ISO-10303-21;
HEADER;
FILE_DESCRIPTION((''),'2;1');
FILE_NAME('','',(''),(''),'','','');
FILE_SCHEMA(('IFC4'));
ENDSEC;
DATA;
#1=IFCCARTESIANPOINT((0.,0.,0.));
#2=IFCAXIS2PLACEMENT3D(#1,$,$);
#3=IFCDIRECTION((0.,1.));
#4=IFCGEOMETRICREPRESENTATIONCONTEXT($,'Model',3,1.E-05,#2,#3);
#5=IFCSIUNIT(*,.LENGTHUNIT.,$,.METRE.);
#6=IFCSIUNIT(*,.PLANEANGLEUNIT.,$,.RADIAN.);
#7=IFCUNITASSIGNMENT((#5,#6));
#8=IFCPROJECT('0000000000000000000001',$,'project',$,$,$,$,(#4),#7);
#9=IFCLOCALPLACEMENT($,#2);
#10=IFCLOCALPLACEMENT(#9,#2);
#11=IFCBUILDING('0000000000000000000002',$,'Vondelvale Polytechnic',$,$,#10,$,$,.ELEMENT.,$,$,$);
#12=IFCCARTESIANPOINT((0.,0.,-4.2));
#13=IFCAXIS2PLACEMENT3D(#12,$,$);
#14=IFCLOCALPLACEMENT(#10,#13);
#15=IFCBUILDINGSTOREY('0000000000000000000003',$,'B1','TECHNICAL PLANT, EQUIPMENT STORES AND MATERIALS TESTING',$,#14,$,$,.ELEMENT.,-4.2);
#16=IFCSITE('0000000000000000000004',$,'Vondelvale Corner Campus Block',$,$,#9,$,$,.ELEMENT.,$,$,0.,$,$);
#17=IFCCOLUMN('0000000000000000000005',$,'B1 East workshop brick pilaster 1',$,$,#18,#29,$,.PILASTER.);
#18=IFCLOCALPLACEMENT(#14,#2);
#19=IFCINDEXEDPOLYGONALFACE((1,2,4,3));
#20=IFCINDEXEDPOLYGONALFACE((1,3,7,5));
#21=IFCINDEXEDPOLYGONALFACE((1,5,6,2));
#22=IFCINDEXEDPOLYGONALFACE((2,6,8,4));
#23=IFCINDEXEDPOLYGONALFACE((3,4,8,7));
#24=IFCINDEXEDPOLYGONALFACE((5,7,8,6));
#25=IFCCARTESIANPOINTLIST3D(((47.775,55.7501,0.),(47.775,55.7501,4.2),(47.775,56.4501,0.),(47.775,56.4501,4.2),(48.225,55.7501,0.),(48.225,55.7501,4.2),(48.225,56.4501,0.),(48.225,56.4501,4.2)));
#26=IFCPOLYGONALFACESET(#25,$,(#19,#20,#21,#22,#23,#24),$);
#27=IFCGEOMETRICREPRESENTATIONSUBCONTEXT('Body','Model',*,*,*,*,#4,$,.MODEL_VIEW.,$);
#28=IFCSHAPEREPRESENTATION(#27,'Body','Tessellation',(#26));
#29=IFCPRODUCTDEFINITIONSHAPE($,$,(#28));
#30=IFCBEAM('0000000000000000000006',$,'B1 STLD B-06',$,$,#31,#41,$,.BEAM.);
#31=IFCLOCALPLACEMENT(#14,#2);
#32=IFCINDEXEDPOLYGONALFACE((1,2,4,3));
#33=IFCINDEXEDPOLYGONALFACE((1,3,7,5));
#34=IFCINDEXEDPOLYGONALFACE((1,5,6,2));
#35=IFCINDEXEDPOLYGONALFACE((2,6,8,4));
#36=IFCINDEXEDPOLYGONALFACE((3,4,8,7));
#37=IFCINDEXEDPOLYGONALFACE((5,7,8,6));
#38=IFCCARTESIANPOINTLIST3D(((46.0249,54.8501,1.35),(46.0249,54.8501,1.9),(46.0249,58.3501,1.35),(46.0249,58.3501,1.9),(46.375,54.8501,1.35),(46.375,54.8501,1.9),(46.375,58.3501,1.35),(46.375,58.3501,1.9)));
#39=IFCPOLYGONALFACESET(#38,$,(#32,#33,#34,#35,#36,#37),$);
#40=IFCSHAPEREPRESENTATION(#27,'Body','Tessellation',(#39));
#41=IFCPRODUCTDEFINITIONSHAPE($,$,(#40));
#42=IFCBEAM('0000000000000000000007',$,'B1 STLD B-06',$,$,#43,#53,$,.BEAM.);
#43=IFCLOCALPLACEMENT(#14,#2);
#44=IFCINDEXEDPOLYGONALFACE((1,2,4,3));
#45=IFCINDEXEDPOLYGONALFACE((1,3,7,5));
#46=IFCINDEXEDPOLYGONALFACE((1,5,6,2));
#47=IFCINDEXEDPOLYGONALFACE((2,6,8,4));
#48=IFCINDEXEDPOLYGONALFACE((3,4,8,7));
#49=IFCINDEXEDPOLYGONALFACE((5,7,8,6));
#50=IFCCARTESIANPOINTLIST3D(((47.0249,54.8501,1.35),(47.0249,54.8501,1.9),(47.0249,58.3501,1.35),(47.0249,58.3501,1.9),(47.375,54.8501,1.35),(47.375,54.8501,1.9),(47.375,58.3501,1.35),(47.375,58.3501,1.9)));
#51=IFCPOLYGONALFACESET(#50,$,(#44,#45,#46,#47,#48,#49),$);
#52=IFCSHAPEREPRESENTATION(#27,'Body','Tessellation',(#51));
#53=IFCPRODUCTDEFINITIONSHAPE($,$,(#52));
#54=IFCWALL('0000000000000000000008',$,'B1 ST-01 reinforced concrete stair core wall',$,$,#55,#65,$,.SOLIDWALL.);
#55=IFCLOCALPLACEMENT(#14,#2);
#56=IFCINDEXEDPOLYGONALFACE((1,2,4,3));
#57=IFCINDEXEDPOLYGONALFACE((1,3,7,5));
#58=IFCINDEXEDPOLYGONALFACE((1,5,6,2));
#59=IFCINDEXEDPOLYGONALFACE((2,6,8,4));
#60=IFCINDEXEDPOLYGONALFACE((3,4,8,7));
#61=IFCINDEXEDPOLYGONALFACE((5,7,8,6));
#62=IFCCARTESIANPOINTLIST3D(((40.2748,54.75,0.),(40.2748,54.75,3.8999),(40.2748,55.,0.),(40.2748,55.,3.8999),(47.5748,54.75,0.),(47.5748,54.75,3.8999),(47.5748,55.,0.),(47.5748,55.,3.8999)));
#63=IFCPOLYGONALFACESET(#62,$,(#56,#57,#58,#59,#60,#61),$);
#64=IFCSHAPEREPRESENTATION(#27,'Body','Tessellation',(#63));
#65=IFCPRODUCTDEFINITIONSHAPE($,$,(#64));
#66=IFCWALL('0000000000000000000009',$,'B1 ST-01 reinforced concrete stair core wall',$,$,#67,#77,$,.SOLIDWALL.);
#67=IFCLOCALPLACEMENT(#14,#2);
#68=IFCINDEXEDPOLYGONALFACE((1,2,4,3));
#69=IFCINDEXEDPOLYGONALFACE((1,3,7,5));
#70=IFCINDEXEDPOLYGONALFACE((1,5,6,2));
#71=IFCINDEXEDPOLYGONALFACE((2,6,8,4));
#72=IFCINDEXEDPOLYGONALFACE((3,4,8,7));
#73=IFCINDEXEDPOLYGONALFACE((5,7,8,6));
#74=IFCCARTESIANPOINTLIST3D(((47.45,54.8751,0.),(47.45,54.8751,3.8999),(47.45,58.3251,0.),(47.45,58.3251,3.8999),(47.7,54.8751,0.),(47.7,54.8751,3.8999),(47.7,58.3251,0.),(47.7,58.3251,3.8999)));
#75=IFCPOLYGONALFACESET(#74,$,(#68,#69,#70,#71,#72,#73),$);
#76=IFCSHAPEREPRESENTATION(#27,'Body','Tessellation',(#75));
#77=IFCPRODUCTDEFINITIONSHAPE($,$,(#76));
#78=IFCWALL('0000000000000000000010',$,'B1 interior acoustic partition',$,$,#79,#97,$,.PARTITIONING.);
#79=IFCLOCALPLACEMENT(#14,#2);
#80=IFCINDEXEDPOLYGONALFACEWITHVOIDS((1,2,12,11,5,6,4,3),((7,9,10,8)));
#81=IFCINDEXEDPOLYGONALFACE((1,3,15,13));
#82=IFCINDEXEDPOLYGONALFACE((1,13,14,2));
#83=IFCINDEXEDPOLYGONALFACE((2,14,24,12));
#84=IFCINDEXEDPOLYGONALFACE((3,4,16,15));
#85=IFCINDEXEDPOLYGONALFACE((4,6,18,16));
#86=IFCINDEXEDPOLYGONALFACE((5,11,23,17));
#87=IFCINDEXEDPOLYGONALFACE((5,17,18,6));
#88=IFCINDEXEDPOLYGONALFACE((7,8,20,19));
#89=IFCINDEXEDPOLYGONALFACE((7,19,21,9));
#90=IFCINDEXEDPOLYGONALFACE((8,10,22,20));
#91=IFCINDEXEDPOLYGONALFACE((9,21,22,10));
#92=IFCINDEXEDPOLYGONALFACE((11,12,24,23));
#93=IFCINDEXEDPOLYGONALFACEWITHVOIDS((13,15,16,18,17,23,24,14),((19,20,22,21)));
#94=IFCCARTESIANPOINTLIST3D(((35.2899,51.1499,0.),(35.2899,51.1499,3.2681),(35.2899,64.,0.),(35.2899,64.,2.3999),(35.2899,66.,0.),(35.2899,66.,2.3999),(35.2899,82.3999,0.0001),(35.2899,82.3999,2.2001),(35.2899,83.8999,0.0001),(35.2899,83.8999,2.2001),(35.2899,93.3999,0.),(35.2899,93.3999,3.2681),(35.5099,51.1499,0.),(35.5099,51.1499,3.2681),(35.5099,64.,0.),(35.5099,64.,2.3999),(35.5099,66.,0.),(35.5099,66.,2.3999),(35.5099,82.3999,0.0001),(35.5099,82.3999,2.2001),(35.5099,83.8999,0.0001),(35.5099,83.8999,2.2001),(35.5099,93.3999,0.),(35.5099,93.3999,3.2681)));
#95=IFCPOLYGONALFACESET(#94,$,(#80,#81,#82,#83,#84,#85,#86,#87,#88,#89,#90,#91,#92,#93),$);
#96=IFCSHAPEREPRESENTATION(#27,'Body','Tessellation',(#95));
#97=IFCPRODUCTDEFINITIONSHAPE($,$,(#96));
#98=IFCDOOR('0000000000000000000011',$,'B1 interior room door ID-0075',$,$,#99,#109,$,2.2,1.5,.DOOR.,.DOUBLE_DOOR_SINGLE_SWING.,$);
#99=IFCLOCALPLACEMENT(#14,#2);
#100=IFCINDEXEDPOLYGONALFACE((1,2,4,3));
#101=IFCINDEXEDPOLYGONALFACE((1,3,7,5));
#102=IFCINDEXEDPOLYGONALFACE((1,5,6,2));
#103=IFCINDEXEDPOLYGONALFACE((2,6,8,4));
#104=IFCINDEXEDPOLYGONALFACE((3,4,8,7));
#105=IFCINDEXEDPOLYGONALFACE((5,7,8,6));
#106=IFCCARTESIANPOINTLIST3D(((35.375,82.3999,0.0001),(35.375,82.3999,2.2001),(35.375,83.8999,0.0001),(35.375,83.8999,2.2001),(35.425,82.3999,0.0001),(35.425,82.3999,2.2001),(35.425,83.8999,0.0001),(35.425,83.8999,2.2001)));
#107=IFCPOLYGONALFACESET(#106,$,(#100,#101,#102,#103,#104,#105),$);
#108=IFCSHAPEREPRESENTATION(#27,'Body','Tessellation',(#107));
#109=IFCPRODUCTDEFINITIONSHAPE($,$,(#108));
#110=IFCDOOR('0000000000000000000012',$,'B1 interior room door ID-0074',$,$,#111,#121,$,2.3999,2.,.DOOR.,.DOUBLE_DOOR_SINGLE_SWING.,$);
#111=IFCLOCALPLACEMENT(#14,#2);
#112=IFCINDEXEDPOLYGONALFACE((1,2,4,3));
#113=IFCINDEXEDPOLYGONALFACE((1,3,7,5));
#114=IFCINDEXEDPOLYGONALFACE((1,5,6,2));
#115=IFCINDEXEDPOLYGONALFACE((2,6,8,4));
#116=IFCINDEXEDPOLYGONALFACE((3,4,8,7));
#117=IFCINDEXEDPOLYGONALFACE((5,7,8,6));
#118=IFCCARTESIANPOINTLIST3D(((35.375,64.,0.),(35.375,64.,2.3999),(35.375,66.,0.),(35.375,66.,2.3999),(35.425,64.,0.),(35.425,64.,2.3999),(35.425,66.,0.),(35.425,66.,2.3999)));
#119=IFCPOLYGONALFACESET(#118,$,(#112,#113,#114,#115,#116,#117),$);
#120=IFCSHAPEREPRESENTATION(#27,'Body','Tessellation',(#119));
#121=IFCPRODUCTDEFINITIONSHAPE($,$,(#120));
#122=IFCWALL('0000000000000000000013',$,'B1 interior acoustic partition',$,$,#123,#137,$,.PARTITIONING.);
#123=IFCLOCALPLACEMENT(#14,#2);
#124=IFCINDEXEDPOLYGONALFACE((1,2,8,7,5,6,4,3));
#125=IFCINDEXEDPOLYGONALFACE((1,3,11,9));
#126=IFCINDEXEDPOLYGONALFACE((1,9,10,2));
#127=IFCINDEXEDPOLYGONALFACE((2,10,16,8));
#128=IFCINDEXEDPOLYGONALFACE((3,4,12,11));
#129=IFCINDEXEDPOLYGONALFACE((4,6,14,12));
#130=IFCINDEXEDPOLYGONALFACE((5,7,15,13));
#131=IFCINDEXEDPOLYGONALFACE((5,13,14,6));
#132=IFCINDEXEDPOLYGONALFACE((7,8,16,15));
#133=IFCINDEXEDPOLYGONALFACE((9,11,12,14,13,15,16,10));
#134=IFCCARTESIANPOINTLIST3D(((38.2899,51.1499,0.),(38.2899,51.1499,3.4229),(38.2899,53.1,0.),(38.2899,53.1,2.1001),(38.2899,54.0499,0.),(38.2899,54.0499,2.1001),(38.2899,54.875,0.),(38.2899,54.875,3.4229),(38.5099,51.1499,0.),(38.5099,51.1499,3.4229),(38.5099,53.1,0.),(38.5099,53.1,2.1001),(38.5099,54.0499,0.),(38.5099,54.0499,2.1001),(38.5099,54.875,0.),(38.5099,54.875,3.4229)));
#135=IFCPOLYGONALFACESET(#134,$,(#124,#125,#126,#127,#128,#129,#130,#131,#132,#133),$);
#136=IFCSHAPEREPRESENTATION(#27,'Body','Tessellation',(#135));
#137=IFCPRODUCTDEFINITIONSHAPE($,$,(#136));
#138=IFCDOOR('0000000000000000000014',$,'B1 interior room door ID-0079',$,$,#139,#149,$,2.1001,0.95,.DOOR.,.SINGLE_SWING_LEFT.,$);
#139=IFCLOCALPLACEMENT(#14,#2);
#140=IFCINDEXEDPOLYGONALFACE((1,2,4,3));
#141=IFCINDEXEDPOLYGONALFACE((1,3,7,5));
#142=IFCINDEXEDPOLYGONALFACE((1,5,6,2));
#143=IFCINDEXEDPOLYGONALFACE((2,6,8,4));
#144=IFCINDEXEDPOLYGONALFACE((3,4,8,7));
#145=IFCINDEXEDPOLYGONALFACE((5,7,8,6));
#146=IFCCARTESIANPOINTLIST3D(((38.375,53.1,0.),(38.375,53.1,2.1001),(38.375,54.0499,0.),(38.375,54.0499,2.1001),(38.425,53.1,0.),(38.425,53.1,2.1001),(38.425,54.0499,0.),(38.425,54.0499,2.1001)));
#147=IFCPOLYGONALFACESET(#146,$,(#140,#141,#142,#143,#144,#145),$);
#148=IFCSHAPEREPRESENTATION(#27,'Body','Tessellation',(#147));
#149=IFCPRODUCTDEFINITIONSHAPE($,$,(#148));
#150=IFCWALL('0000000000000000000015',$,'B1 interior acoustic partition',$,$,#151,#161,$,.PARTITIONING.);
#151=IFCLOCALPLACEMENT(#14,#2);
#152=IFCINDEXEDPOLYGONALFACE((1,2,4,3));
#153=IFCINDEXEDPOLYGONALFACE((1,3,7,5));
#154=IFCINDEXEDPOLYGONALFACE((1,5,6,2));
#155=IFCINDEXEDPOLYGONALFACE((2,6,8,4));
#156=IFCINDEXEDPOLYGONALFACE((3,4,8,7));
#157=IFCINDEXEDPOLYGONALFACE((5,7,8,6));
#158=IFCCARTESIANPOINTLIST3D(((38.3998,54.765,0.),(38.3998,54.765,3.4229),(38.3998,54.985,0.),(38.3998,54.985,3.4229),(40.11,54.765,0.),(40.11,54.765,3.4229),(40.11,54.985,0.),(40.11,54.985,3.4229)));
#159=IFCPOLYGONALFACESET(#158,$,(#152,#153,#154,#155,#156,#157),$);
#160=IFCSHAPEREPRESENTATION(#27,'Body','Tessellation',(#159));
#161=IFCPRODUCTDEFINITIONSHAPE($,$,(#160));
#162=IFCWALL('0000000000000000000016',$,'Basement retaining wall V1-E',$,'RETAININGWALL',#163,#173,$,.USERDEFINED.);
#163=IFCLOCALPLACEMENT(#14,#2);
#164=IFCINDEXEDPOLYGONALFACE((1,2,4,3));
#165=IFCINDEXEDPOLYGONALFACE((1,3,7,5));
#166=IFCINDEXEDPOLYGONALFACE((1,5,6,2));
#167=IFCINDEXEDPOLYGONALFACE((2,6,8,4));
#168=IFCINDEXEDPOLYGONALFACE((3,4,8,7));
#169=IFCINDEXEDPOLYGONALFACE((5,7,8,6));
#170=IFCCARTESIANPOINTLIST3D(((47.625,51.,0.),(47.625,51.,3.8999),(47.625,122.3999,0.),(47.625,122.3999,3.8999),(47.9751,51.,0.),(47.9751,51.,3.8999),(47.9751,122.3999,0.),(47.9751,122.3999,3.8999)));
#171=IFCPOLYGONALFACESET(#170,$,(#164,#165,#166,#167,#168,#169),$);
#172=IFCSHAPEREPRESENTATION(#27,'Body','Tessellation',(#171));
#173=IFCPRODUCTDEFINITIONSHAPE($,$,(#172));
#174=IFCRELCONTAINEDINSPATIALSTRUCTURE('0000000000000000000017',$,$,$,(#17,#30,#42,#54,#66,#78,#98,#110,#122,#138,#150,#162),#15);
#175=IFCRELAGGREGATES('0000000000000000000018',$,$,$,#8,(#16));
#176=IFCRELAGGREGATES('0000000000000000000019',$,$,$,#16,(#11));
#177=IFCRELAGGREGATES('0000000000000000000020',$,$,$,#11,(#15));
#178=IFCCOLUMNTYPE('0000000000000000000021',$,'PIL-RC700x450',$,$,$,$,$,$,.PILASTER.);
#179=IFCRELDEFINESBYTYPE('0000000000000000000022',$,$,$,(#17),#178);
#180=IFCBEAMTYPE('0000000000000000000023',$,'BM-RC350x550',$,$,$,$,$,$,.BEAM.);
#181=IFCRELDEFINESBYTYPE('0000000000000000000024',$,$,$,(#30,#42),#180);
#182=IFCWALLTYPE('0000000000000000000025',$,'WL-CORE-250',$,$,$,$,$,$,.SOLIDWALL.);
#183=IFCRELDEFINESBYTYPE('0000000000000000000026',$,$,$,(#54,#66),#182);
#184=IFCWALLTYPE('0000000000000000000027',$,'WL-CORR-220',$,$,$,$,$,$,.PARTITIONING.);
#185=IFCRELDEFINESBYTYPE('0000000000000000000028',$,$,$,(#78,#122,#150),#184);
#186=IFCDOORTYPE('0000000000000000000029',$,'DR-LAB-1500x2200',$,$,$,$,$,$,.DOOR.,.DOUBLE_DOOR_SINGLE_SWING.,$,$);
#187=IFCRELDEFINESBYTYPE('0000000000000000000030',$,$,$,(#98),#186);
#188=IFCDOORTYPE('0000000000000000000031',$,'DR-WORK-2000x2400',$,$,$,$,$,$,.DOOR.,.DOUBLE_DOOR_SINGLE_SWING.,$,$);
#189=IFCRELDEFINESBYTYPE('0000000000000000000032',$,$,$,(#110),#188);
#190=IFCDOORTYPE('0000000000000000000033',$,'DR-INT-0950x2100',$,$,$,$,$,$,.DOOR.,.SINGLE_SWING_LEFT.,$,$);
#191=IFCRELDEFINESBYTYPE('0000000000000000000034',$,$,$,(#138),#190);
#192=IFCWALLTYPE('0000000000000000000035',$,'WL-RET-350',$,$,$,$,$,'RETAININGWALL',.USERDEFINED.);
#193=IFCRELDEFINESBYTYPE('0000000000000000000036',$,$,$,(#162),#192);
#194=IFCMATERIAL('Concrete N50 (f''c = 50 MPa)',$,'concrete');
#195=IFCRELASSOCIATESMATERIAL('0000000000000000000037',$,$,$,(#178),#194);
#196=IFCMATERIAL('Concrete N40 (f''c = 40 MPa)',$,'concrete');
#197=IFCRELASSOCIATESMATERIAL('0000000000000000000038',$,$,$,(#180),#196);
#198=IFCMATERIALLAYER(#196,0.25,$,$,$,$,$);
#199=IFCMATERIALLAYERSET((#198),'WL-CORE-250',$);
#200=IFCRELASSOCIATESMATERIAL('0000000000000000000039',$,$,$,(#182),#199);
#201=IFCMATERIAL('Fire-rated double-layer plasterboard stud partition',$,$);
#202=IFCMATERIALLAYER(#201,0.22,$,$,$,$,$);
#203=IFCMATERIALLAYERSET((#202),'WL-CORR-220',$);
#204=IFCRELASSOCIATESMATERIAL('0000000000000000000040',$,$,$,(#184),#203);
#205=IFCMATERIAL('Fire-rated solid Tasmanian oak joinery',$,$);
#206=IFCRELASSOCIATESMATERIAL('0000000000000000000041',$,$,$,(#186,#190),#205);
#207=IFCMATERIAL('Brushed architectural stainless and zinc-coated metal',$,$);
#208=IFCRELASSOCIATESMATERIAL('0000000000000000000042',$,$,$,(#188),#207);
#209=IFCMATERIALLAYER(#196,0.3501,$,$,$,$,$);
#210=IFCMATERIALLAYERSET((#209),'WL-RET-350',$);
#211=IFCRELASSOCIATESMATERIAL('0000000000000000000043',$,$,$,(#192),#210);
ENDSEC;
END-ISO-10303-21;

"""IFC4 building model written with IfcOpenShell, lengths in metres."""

from ifc_helpers import new_model, si_unit, direction, frame, frame_2d, origin, origin_2d, place, context, subcontext, project, spatial, rectangle, extrude, material, layer, layer_set, material_profile, profile_set, type_object, element, fill, save


model = new_model("IFC4")

# Units and contexts
model_context = context("Model", 3, precision=1e-05, world=origin(), true_north=direction((0.0, 1.0)))
body_context = subcontext(model_context, "Body", "Model", "MODEL_VIEW")
ifc_project = project(units=[si_unit("LENGTHUNIT", "METRE"), si_unit("PLANEANGLEUNIT", "RADIAN")], contexts=[model_context])

# Site, building, storey
site_placement = place(None, origin())
site = spatial("IfcSite", under=ifc_project, at=site_placement, Name="Vondelvale Corner Campus Block", CompositionType="ELEMENT", RefElevation=0.0)
building_placement = place(site_placement, origin())
building = spatial("IfcBuilding", under=site, at=building_placement, Name="Vondelvale Polytechnic", CompositionType="ELEMENT")
storey_placement = place(building_placement, frame((0.0, 0.0, -4.2)))
storey = spatial("IfcBuildingStorey", under=building, at=storey_placement, Name="B1", Description="TECHNICAL PLANT, EQUIPMENT STORES AND MATERIALS TESTING", CompositionType="ELEMENT", Elevation=-4.2)

# Shared definitions
ifc_material_1 = material(Name="Concrete N40 (f'c = 40 MPa)", Category="concrete")

# Column
ifc_material_2 = material(Name="Concrete N50 (f'c = 50 MPa)", Category="concrete")
ifc_material_profile_1 = material_profile(ifc_material_2, rectangle(XDim=0.45, YDim=0.7, at=origin_2d()), Name="RC-PIL-700x450")
ifc_profile_set_1 = profile_set([ifc_material_profile_1], Name="Concrete N50 (f'c = 50 MPa)")
column_type_1 = type_object("IfcColumnType", Name="PIL-RC700x450", PredefinedType="PILASTER", material=ifc_profile_set_1)
column_placement = place(storey_placement, frame((48.0, 56.1001, 0.0), z_axis=(0.0, 0.0, 1.0), x_axis=(1.0, 0.0, 0.0)))
element("IfcColumn", 1, at=column_placement, inside=storey, type_object=column_type_1, Name="B1 East workshop brick pilaster 1", PredefinedType="PILASTER", context=body_context, shape_type="SweptSolid", body=[
    extrude(rectangle(XDim=0.45, YDim=0.7, at=origin_2d()), origin(), (0.0, 0.0, 1.0), 4.2),
])

# Beams
ifc_material_profile_2 = material_profile(ifc_material_1, rectangle(XDim=0.3501, YDim=0.55, at=origin_2d()), Name="RC-BM-350x550")
ifc_profile_set_2 = profile_set([ifc_material_profile_2], Name="Concrete N40 (f'c = 40 MPa)")
beam_type = type_object("IfcBeamType", Name="BM-RC350x550", PredefinedType="BEAM", material=ifc_profile_set_2)
for number, where, z_axis, x_axis, name in (
    (2, (46.2, 54.8501, 1.625), (0.0, 1.0, 0.0), (-1.0, 0.0, 0.0), "B1 STLD B-06"),
    (3, (47.2, 54.8501, 1.625), (0.0, 1.0, 0.0), (-1.0, 0.0, 0.0), "B1 STLD B-06"),
):
    element("IfcBeam", number, at=place(storey_placement, frame(where, z_axis=z_axis, x_axis=x_axis)), inside=storey, type_object=beam_type, Name=name, PredefinedType="BEAM", context=body_context, shape_type="SweptSolid", body=[
        extrude(rectangle(XDim=0.3501, YDim=0.55, at=origin_2d()), origin(), (0.0, 0.0, 1.0), 3.5),
    ])

# Walls
ifc_layer_1 = layer(ifc_material_1, 0.25)
ifc_layer_set_1 = layer_set([ifc_layer_1], Name="WL-CORE-250")
wall_type_1 = type_object("IfcWallType", Name="WL-CORE-250", PredefinedType="SOLIDWALL", material=ifc_layer_set_1)
wall_1_placement = place(storey_placement, frame((40.2749, 54.875, 0.0), z_axis=(0.0, 0.0, 1.0), x_axis=(1.0, 0.0, 0.0)))
element("IfcWall", 4, at=wall_1_placement, inside=storey, type_object=wall_type_1, Name="B1 ST-01 reinforced concrete stair core wall", PredefinedType="SOLIDWALL", context=body_context, shape_type="SweptSolid", body=[
    extrude(rectangle(XDim=7.3, YDim=0.25, at=frame_2d((3.6499, 0.0))), origin(), (0.0, 0.0, 1.0), 3.8999),
])
wall_2_placement = place(storey_placement, frame((47.575, 54.875, 0.0), z_axis=(0.0, 0.0, 1.0), x_axis=(0.0, 1.0, 0.0)))
element("IfcWall", 5, at=wall_2_placement, inside=storey, type_object=wall_type_1, Name="B1 ST-01 reinforced concrete stair core wall", PredefinedType="SOLIDWALL", context=body_context, shape_type="SweptSolid", body=[
    extrude(rectangle(XDim=3.45, YDim=0.25, at=frame_2d((1.7251, 0.0))), origin(), (0.0, 0.0, 1.0), 3.8999),
])

# Wall, openings, doors
ifc_material_3 = material(Name="Fire-rated double-layer plasterboard stud partition")
ifc_layer_2 = layer(ifc_material_3, 0.22)
ifc_layer_set_2 = layer_set([ifc_layer_2], Name="WL-CORR-220")
wall_type_2 = type_object("IfcWallType", Name="WL-CORR-220", PredefinedType="PARTITIONING", material=ifc_layer_set_2)
wall_3_placement = place(storey_placement, frame((35.3999, 51.1499, 0.0), z_axis=(0.0, 0.0, 1.0), x_axis=(0.0, 1.0, 0.0)))
wall_3 = element("IfcWall", 6, at=wall_3_placement, inside=storey, type_object=wall_type_2, Name="B1 interior acoustic partition", PredefinedType="PARTITIONING", context=body_context, shape_type="SweptSolid", body=[
    extrude(rectangle(XDim=42.25, YDim=0.22, at=frame_2d((21.125, 0.0))), origin(), (0.0, 0.0, 1.0), 3.2681),
])
opening_1_placement = place(wall_3_placement, frame((12.8501, 0.0, 0.0)))
opening_1 = element("IfcOpeningElement", 7, at=opening_1_placement, cuts=wall_3, PredefinedType="OPENING", context=body_context, shape_type="SweptSolid", body=[
    extrude(rectangle(XDim=2.0, YDim=2.3999, at=frame_2d((1.0, 1.2))), frame((0.0, 0.1199, 0.0), z_axis=(0.0, -1.0, 0.0), x_axis=(1.0, 0.0, 0.0)), (0.0, 0.0, 1.0), 0.24),
])
opening_2_placement = place(wall_3_placement, frame((31.25, 0.0, 0.0)))
opening_2 = element("IfcOpeningElement", 8, at=opening_2_placement, cuts=wall_3, PredefinedType="OPENING", context=body_context, shape_type="SweptSolid", body=[
    extrude(rectangle(XDim=1.5, YDim=2.2, at=frame_2d((0.75, 1.1001))), frame((0.0, 0.1199, 0.0), z_axis=(0.0, -1.0, 0.0), x_axis=(1.0, 0.0, 0.0)), (0.0, 0.0, 1.0), 0.24),
])
ifc_material_4 = material(Name="Fire-rated solid Tasmanian oak joinery")
door_type_1 = type_object("IfcDoorType", Name="DR-LAB-1500x2200", OperationType="DOUBLE_DOOR_SINGLE_SWING", PredefinedType="DOOR", material=ifc_material_4)
door_1_placement = place(opening_2_placement, origin())
door_1 = element("IfcDoor", 9, at=door_1_placement, inside=storey, type_object=door_type_1, Name="B1 interior room door ID-0075", OperationType="DOUBLE_DOOR_SINGLE_SWING", OverallHeight=2.2, OverallWidth=1.5, PredefinedType="DOOR", context=body_context, shape_type="SweptSolid", body=[
    extrude(rectangle(XDim=1.5, YDim=2.2, at=frame_2d((0.75, 1.1001))), frame((0.0, 0.0249, 0.0), z_axis=(0.0, -1.0, 0.0), x_axis=(1.0, 0.0, 0.0)), (0.0, 0.0, 1.0), 0.05),
])
fill(opening_2, door_1)
ifc_material_5 = material(Name="Brushed architectural stainless and zinc-coated metal")
door_type_2 = type_object("IfcDoorType", Name="DR-WORK-2000x2400", OperationType="DOUBLE_DOOR_SINGLE_SWING", PredefinedType="DOOR", material=ifc_material_5)
door_2_placement = place(opening_1_placement, origin())
door_2 = element("IfcDoor", 10, at=door_2_placement, inside=storey, type_object=door_type_2, Name="B1 interior room door ID-0074", OperationType="DOUBLE_DOOR_SINGLE_SWING", OverallHeight=2.3999, OverallWidth=2.0, PredefinedType="DOOR", context=body_context, shape_type="SweptSolid", body=[
    extrude(rectangle(XDim=2.0, YDim=2.3999, at=frame_2d((1.0, 1.2))), frame((0.0, 0.0249, 0.0), z_axis=(0.0, -1.0, 0.0), x_axis=(1.0, 0.0, 0.0)), (0.0, 0.0, 1.0), 0.05),
])
fill(opening_1, door_2)

# Wall, opening, door
wall_4_placement = place(storey_placement, frame((38.3999, 51.1499, 0.0), z_axis=(0.0, 0.0, 1.0), x_axis=(0.0, 1.0, 0.0)))
wall_4 = element("IfcWall", 11, at=wall_4_placement, inside=storey, type_object=wall_type_2, Name="B1 interior acoustic partition", PredefinedType="PARTITIONING", context=body_context, shape_type="SweptSolid", body=[
    extrude(rectangle(XDim=3.7251, YDim=0.22, at=frame_2d((1.8625, 0.0))), origin(), (0.0, 0.0, 1.0), 3.4229),
])
opening_3_placement = place(wall_4_placement, frame((1.95, 0.0, 0.0)))
opening_3 = element("IfcOpeningElement", 12, at=opening_3_placement, cuts=wall_4, PredefinedType="OPENING", context=body_context, shape_type="SweptSolid", body=[
    extrude(rectangle(XDim=0.95, YDim=2.1001, at=frame_2d((0.4751, 1.05))), frame((0.0, 0.1199, 0.0), z_axis=(0.0, -1.0, 0.0), x_axis=(1.0, 0.0, 0.0)), (0.0, 0.0, 1.0), 0.24),
])
door_type_3 = type_object("IfcDoorType", Name="DR-INT-0950x2100", OperationType="SINGLE_SWING_LEFT", PredefinedType="DOOR", material=ifc_material_4)
door_3_placement = place(opening_3_placement, origin())
door_3 = element("IfcDoor", 13, at=door_3_placement, inside=storey, type_object=door_type_3, Name="B1 interior room door ID-0079", OperationType="SINGLE_SWING_LEFT", OverallHeight=2.1001, OverallWidth=0.95, PredefinedType="DOOR", context=body_context, shape_type="SweptSolid", body=[
    extrude(rectangle(XDim=0.95, YDim=2.1001, at=frame_2d((0.4751, 1.05))), frame((0.0, 0.0249, 0.0), z_axis=(0.0, -1.0, 0.0), x_axis=(1.0, 0.0, 0.0)), (0.0, 0.0, 1.0), 0.05),
])
fill(opening_3, door_3)

# Walls
wall_5_placement = place(storey_placement, frame((38.3999, 54.875, 0.0), z_axis=(0.0, 0.0, 1.0), x_axis=(1.0, 0.0, 0.0)))
element("IfcWall", 14, at=wall_5_placement, inside=storey, type_object=wall_type_2, Name="B1 interior acoustic partition", PredefinedType="PARTITIONING", context=body_context, shape_type="SweptSolid", body=[
    extrude(rectangle(XDim=1.7102, YDim=0.22, at=frame_2d((0.855, 0.0))), origin(), (0.0, 0.0, 1.0), 3.4229),
])
ifc_layer_3 = layer(ifc_material_1, 0.3501)
ifc_layer_set_3 = layer_set([ifc_layer_3], Name="WL-RET-350")
wall_type_3 = type_object("IfcWallType", Name="WL-RET-350", ElementType="RETAININGWALL", PredefinedType="USERDEFINED", material=ifc_layer_set_3)
wall_6_placement = place(storey_placement, frame((47.8, 51.0, 0.0), z_axis=(0.0, 0.0, 1.0), x_axis=(0.0, 1.0, 0.0)))
element("IfcWall", 15, at=wall_6_placement, inside=storey, type_object=wall_type_3, Name="Basement retaining wall V1-E", ObjectType="RETAININGWALL", PredefinedType="USERDEFINED", context=body_context, shape_type="SweptSolid", body=[
    extrude(rectangle(XDim=71.3999, YDim=0.3501, at=frame_2d((35.7, 0.0))), origin(), (0.0, 0.0, 1.0), 3.8999),
])

save(model, "model.ifc")
